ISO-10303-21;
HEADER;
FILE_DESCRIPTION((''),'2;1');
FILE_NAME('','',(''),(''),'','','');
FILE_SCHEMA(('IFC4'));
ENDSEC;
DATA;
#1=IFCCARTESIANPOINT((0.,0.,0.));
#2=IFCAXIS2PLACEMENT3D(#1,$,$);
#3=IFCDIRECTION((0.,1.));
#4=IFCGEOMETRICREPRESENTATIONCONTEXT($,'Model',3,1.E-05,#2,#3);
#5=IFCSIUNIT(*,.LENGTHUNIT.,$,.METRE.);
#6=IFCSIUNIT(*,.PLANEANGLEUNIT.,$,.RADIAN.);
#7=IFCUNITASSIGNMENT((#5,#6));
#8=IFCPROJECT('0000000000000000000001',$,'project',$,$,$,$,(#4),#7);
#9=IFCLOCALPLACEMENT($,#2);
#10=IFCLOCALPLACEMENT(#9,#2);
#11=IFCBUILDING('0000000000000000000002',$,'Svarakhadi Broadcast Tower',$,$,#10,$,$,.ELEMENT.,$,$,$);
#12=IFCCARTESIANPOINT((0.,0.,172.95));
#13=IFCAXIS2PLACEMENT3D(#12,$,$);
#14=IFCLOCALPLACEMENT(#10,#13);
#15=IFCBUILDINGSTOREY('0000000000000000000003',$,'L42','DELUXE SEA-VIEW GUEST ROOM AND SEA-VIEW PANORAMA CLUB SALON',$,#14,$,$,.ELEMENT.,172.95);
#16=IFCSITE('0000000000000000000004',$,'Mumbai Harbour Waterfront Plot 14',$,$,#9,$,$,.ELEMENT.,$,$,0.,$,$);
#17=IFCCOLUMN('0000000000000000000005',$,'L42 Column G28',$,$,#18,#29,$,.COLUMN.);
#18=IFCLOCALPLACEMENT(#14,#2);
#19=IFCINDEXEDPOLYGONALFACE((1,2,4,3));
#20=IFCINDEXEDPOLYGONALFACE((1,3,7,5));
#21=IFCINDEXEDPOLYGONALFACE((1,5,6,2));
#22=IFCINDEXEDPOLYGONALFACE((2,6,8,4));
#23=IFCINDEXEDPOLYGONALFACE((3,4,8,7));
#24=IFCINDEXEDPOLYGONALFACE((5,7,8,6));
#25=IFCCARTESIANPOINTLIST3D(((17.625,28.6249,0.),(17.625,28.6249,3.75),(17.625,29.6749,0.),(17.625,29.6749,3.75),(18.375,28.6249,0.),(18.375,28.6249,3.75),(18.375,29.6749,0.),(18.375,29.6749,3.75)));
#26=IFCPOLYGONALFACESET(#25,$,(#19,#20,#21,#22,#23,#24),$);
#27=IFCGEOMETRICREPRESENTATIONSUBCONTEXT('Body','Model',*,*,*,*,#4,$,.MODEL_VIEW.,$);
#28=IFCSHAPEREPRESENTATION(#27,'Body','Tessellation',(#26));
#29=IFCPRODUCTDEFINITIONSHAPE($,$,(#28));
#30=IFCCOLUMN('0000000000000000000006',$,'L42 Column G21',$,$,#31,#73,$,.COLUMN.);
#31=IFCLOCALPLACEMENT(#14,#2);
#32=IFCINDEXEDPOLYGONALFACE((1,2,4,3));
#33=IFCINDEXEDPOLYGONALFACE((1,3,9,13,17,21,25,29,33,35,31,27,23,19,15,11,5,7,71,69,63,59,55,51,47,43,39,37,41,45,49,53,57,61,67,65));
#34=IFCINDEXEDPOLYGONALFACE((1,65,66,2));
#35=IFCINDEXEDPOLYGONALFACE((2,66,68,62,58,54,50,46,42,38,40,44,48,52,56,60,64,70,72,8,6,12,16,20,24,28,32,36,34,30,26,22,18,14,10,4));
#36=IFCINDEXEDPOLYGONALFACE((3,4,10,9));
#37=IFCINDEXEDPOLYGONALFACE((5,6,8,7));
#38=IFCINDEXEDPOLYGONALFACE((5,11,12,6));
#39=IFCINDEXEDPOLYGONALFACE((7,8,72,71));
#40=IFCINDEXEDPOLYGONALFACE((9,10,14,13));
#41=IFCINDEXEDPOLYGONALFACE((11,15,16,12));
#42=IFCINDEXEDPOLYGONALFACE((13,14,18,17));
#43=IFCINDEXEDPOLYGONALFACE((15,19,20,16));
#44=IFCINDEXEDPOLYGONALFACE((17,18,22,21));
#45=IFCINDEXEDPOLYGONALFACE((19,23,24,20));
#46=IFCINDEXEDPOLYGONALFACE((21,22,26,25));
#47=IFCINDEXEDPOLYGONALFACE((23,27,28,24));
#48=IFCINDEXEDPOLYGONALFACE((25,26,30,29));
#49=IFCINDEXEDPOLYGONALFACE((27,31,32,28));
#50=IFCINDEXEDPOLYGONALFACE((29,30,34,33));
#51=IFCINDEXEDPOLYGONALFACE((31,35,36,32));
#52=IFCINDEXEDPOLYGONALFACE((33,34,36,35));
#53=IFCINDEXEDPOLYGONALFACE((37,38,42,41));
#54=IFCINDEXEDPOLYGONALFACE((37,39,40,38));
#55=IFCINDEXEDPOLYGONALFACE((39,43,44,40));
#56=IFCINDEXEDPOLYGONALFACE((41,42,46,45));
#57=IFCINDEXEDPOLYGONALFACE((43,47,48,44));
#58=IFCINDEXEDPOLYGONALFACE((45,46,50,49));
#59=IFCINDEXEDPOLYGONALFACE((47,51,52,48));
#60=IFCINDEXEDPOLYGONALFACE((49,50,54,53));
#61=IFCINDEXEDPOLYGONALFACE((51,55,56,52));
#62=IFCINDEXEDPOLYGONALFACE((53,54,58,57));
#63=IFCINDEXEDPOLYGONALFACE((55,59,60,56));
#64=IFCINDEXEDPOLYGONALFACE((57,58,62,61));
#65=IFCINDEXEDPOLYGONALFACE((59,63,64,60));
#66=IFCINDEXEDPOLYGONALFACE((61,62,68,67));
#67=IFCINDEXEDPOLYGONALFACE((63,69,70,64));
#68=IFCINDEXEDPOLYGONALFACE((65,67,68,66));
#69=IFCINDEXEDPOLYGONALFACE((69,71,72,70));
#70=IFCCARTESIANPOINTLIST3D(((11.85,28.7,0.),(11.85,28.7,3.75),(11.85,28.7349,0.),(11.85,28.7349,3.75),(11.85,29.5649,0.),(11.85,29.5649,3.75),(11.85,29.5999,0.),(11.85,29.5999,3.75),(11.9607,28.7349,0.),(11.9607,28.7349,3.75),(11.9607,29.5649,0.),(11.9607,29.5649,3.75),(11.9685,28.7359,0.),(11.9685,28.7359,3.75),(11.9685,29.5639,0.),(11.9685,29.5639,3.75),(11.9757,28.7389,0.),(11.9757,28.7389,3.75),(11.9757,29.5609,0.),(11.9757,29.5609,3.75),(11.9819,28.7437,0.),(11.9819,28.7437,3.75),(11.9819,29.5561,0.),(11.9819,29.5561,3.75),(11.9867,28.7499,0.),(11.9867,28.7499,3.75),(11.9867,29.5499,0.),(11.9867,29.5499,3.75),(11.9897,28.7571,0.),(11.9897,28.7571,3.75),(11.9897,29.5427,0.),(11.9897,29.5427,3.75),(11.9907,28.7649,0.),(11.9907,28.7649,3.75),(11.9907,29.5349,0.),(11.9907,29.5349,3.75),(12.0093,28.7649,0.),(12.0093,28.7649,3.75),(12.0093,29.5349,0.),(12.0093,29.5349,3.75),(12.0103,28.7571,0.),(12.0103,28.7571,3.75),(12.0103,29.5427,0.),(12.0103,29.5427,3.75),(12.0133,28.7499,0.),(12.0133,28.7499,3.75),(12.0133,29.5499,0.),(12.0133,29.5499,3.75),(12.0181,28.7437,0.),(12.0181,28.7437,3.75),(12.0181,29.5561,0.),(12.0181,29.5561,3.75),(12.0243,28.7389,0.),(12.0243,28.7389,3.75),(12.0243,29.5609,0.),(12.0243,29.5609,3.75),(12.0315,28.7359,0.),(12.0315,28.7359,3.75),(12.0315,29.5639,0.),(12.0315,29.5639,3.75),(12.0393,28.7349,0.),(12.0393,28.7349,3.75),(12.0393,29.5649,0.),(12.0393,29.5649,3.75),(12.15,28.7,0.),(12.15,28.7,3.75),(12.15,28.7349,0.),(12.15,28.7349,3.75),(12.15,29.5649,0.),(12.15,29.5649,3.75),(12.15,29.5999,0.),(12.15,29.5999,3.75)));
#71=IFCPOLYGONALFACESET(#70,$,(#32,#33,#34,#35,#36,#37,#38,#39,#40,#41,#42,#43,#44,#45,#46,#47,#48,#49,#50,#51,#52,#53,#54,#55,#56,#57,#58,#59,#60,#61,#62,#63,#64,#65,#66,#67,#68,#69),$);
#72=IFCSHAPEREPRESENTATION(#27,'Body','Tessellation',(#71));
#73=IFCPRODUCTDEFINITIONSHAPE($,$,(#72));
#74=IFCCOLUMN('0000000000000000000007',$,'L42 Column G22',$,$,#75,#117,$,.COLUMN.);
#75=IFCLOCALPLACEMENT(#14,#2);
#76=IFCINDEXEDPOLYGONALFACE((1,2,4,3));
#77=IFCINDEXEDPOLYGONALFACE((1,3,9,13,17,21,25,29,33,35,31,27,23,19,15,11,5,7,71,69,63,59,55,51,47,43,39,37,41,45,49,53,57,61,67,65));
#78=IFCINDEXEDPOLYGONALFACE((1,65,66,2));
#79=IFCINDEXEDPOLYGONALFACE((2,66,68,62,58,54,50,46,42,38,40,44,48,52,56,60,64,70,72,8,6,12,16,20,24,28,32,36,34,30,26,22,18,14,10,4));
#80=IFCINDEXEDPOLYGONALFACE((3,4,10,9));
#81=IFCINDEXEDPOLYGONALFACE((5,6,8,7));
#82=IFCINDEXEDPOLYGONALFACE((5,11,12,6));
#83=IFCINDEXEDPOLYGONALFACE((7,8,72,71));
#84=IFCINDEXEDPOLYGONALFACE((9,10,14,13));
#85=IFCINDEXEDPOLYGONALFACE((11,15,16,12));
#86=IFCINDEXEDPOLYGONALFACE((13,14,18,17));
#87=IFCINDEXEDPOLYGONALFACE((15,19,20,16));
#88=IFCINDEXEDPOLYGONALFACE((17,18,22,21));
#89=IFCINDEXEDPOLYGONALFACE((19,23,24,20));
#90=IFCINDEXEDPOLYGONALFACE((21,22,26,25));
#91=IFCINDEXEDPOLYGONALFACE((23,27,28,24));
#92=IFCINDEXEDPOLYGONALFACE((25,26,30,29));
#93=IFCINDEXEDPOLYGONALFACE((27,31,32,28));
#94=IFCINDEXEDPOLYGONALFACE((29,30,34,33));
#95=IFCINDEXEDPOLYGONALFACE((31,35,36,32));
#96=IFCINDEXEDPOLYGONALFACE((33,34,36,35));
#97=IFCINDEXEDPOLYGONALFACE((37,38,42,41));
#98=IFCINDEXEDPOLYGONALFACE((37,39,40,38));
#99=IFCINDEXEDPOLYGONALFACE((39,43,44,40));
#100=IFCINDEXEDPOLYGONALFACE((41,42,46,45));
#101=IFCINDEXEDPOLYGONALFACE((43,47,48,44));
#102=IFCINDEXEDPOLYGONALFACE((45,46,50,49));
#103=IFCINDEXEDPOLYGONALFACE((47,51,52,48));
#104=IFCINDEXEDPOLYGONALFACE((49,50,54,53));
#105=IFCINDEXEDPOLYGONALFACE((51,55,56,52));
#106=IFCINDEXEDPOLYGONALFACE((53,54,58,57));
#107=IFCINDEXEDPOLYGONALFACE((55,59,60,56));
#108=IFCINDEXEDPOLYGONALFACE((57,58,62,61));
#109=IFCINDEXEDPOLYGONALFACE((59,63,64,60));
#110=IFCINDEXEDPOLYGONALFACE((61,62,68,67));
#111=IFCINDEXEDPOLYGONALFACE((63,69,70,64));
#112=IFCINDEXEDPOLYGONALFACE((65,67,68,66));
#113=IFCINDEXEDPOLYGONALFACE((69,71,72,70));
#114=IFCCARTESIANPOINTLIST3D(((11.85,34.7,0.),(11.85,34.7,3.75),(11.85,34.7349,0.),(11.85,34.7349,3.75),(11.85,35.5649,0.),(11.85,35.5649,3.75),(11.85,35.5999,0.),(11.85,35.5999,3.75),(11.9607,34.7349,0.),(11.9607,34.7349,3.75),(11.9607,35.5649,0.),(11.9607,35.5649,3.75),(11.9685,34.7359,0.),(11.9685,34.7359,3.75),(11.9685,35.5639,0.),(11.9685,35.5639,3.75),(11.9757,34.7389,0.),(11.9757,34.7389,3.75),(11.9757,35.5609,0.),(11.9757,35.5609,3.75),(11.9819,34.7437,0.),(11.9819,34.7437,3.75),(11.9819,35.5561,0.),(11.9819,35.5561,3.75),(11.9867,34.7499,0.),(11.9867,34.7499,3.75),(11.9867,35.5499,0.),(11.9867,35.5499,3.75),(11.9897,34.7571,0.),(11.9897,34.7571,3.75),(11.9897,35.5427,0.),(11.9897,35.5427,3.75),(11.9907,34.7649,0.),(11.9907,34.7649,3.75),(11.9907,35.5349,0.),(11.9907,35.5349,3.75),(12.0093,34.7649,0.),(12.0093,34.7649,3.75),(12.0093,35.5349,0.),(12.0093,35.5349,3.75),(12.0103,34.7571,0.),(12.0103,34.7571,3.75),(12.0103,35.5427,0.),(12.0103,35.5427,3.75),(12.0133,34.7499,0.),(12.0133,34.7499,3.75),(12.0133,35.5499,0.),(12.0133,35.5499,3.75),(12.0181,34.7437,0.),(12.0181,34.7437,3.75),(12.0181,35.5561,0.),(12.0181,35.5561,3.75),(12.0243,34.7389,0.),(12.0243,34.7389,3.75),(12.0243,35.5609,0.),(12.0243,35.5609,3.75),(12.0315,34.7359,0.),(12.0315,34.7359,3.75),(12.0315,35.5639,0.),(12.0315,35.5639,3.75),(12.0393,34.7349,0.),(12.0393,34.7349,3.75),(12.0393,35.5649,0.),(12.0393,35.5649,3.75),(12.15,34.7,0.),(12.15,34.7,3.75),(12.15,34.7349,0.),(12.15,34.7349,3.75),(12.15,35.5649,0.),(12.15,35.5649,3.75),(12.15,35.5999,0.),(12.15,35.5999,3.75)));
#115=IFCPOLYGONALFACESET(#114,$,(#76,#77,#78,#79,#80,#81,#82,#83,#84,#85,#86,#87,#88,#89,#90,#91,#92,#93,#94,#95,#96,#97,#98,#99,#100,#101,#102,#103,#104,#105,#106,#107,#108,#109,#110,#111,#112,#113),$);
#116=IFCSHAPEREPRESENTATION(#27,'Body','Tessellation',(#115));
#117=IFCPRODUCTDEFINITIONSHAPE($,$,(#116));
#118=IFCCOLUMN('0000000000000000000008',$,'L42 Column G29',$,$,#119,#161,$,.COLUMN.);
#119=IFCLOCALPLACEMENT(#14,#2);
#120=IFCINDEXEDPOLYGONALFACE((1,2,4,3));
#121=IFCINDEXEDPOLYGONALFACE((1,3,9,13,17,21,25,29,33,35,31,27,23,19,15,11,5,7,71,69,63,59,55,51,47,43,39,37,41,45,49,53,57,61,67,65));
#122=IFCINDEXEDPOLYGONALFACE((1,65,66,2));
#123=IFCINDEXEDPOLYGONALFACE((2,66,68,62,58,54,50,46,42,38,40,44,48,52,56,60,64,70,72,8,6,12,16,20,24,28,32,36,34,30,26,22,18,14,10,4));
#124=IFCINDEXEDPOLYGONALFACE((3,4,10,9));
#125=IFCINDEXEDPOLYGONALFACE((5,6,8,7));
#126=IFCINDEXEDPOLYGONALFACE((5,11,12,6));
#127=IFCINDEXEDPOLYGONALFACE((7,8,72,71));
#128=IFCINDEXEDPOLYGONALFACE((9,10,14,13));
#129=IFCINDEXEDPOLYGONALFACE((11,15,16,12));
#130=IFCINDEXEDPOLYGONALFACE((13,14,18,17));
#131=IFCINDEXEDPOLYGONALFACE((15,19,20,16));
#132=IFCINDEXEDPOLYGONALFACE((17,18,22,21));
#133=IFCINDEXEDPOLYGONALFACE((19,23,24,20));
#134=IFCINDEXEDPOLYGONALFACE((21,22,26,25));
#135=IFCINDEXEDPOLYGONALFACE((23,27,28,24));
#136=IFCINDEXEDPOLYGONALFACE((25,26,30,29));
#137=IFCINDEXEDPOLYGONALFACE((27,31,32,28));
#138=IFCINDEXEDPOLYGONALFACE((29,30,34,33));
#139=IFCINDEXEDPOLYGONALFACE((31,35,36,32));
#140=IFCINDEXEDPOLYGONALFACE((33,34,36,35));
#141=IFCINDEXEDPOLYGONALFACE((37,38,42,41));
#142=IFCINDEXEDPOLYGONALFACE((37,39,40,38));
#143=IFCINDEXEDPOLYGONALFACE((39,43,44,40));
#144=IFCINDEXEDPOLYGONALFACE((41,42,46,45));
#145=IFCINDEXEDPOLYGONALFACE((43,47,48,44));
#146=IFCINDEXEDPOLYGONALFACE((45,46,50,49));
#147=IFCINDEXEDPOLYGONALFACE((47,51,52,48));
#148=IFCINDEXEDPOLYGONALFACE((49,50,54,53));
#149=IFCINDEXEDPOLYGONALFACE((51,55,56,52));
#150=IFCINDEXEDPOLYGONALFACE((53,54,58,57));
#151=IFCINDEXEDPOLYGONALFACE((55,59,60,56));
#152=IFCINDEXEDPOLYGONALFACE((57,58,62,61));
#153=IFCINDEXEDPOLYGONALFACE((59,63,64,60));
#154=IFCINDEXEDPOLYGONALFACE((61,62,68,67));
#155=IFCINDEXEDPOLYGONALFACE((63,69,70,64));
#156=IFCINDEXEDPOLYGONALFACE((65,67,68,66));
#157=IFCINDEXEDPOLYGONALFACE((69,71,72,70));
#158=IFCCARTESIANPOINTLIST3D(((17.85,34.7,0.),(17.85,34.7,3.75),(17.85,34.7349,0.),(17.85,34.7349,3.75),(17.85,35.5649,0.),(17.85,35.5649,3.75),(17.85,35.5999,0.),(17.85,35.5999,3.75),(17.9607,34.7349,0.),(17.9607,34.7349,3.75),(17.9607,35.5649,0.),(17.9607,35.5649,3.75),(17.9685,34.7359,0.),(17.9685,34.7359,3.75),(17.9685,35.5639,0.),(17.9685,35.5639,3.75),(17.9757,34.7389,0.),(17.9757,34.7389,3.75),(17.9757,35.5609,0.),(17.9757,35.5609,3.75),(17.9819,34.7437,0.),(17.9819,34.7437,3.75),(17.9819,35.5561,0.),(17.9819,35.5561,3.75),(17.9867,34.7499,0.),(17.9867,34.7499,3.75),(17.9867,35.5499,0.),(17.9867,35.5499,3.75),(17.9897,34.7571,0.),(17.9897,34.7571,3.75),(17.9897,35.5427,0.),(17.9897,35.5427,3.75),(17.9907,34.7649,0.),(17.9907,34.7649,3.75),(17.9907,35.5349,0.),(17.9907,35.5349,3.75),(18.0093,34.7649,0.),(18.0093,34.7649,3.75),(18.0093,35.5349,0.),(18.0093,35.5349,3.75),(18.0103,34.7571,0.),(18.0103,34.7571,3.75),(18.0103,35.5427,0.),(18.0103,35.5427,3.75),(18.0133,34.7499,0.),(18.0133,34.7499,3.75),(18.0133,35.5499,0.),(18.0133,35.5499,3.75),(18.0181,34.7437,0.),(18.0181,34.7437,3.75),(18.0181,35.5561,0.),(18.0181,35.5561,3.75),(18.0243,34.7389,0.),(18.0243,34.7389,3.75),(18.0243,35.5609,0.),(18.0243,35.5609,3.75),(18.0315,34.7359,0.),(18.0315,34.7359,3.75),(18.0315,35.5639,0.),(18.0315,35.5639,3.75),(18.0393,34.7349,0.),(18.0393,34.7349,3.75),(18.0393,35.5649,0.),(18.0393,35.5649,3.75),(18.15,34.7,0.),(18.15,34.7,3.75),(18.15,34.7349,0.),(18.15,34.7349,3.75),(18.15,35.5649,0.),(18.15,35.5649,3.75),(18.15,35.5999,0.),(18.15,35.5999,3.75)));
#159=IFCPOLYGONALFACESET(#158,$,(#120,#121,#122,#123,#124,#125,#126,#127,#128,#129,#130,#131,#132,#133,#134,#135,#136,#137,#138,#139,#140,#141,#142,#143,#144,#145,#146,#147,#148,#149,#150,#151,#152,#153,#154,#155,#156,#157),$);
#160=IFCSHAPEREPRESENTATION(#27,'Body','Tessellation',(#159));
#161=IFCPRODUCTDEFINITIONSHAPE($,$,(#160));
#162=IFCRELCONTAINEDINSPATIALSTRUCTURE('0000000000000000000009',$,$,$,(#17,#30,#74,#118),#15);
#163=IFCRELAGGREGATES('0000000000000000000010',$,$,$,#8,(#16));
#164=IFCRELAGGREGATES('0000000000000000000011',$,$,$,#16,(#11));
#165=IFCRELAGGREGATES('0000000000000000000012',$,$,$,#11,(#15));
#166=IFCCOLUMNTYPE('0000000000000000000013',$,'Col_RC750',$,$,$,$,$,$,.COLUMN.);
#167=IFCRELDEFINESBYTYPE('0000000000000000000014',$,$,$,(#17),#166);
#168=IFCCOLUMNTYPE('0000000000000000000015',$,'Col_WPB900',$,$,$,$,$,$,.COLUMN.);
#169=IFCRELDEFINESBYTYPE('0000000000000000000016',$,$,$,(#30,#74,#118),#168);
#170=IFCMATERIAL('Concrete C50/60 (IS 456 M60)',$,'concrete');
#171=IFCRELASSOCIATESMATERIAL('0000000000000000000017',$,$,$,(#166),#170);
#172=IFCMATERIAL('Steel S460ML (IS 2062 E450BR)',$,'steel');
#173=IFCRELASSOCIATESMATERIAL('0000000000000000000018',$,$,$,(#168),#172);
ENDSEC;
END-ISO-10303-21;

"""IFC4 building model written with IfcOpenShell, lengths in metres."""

from ifc_helpers import new_model, si_unit, direction, frame, origin, origin_2d, place, context, subcontext, project, spatial, rectangle, i_section, extrude, material, material_profile, profile_set, type_object, element, save


model = new_model("IFC4")

# Units and contexts
model_context = context("Model", 3, precision=1e-05, world=origin(), true_north=direction((0.0, 1.0)))
body_context = subcontext(model_context, "Body", "Model", "MODEL_VIEW")
ifc_project = project(units=[si_unit("LENGTHUNIT", "METRE"), si_unit("PLANEANGLEUNIT", "RADIAN")], contexts=[model_context])

# Site, building, storey
site_placement = place(None, origin())
site = spatial("IfcSite", under=ifc_project, at=site_placement, Name="Mumbai Harbour Waterfront Plot 14", CompositionType="ELEMENT", RefElevation=0.0)
building_placement = place(site_placement, origin())
building = spatial("IfcBuilding", under=site, at=building_placement, Name="Svarakhadi Broadcast Tower", CompositionType="ELEMENT")
storey_placement = place(building_placement, frame((0.0, 0.0, 172.95)))
storey = spatial("IfcBuildingStorey", under=building, at=storey_placement, Name="L42", Description="DELUXE SEA-VIEW GUEST ROOM AND SEA-VIEW PANORAMA CLUB SALON", CompositionType="ELEMENT", Elevation=172.95)

# Columns
ifc_material_1 = material(Name="Concrete C50/60 (IS 456 M60)", Category="concrete")
ifc_material_profile_1 = material_profile(ifc_material_1, rectangle(XDim=0.75, YDim=1.05, at=origin_2d()), Name="RC 750x1050")
ifc_profile_set_1 = profile_set([ifc_material_profile_1], Name="Concrete C50/60 (IS 456 M60)")
column_type_1 = type_object("IfcColumnType", Name="Col_RC750", PredefinedType="COLUMN", material=ifc_profile_set_1)
column_placement = place(storey_placement, frame((18.0, 29.1499, 0.0), z_axis=(0.0, 0.0, 1.0), x_axis=(1.0, 0.0, 0.0)))
element("IfcColumn", 1, at=column_placement, inside=storey, type_object=column_type_1, Name="L42 Column G28", PredefinedType="COLUMN", context=body_context, shape_type="SweptSolid", body=[
    extrude(rectangle(XDim=0.75, YDim=1.05, at=origin_2d()), origin(), (0.0, 0.0, 1.0), 3.75),
])
ifc_material_2 = material(Name="Steel S460ML (IS 2062 E450BR)", Category="steel")
ifc_material_profile_2 = material_profile(ifc_material_2, i_section(OverallWidth=0.3, OverallDepth=0.8999, WebThickness=0.0186, FlangeThickness=0.0349, FilletRadius=0.03, at=origin_2d()), Name="WPB 900x300x291")
ifc_profile_set_2 = profile_set([ifc_material_profile_2], Name="Steel S460ML (IS 2062 E450BR)")
column_type_2 = type_object("IfcColumnType", Name="Col_WPB900", PredefinedType="COLUMN", material=ifc_profile_set_2)
for number, where, z_axis, x_axis, name in (
    (2, (12.0, 29.1499, 0.0), (0.0, 0.0, 1.0), (1.0, 0.0, 0.0), "L42 Column G21"),
    (3, (12.0, 35.1499, 0.0), (0.0, 0.0, 1.0), (1.0, 0.0, 0.0), "L42 Column G22"),
    (4, (18.0, 35.1499, 0.0), (0.0, 0.0, 1.0), (1.0, 0.0, 0.0), "L42 Column G29"),
):
    element("IfcColumn", number, at=place(storey_placement, frame(where, z_axis=z_axis, x_axis=x_axis)), inside=storey, type_object=column_type_2, Name=name, PredefinedType="COLUMN", context=body_context, shape_type="SweptSolid", body=[
        extrude(i_section(OverallWidth=0.3, OverallDepth=0.8999, WebThickness=0.0186, FlangeThickness=0.0349, FilletRadius=0.03, at=origin_2d()), origin(), (0.0, 0.0, 1.0), 3.75),
    ])

save(model, "model.ifc")
